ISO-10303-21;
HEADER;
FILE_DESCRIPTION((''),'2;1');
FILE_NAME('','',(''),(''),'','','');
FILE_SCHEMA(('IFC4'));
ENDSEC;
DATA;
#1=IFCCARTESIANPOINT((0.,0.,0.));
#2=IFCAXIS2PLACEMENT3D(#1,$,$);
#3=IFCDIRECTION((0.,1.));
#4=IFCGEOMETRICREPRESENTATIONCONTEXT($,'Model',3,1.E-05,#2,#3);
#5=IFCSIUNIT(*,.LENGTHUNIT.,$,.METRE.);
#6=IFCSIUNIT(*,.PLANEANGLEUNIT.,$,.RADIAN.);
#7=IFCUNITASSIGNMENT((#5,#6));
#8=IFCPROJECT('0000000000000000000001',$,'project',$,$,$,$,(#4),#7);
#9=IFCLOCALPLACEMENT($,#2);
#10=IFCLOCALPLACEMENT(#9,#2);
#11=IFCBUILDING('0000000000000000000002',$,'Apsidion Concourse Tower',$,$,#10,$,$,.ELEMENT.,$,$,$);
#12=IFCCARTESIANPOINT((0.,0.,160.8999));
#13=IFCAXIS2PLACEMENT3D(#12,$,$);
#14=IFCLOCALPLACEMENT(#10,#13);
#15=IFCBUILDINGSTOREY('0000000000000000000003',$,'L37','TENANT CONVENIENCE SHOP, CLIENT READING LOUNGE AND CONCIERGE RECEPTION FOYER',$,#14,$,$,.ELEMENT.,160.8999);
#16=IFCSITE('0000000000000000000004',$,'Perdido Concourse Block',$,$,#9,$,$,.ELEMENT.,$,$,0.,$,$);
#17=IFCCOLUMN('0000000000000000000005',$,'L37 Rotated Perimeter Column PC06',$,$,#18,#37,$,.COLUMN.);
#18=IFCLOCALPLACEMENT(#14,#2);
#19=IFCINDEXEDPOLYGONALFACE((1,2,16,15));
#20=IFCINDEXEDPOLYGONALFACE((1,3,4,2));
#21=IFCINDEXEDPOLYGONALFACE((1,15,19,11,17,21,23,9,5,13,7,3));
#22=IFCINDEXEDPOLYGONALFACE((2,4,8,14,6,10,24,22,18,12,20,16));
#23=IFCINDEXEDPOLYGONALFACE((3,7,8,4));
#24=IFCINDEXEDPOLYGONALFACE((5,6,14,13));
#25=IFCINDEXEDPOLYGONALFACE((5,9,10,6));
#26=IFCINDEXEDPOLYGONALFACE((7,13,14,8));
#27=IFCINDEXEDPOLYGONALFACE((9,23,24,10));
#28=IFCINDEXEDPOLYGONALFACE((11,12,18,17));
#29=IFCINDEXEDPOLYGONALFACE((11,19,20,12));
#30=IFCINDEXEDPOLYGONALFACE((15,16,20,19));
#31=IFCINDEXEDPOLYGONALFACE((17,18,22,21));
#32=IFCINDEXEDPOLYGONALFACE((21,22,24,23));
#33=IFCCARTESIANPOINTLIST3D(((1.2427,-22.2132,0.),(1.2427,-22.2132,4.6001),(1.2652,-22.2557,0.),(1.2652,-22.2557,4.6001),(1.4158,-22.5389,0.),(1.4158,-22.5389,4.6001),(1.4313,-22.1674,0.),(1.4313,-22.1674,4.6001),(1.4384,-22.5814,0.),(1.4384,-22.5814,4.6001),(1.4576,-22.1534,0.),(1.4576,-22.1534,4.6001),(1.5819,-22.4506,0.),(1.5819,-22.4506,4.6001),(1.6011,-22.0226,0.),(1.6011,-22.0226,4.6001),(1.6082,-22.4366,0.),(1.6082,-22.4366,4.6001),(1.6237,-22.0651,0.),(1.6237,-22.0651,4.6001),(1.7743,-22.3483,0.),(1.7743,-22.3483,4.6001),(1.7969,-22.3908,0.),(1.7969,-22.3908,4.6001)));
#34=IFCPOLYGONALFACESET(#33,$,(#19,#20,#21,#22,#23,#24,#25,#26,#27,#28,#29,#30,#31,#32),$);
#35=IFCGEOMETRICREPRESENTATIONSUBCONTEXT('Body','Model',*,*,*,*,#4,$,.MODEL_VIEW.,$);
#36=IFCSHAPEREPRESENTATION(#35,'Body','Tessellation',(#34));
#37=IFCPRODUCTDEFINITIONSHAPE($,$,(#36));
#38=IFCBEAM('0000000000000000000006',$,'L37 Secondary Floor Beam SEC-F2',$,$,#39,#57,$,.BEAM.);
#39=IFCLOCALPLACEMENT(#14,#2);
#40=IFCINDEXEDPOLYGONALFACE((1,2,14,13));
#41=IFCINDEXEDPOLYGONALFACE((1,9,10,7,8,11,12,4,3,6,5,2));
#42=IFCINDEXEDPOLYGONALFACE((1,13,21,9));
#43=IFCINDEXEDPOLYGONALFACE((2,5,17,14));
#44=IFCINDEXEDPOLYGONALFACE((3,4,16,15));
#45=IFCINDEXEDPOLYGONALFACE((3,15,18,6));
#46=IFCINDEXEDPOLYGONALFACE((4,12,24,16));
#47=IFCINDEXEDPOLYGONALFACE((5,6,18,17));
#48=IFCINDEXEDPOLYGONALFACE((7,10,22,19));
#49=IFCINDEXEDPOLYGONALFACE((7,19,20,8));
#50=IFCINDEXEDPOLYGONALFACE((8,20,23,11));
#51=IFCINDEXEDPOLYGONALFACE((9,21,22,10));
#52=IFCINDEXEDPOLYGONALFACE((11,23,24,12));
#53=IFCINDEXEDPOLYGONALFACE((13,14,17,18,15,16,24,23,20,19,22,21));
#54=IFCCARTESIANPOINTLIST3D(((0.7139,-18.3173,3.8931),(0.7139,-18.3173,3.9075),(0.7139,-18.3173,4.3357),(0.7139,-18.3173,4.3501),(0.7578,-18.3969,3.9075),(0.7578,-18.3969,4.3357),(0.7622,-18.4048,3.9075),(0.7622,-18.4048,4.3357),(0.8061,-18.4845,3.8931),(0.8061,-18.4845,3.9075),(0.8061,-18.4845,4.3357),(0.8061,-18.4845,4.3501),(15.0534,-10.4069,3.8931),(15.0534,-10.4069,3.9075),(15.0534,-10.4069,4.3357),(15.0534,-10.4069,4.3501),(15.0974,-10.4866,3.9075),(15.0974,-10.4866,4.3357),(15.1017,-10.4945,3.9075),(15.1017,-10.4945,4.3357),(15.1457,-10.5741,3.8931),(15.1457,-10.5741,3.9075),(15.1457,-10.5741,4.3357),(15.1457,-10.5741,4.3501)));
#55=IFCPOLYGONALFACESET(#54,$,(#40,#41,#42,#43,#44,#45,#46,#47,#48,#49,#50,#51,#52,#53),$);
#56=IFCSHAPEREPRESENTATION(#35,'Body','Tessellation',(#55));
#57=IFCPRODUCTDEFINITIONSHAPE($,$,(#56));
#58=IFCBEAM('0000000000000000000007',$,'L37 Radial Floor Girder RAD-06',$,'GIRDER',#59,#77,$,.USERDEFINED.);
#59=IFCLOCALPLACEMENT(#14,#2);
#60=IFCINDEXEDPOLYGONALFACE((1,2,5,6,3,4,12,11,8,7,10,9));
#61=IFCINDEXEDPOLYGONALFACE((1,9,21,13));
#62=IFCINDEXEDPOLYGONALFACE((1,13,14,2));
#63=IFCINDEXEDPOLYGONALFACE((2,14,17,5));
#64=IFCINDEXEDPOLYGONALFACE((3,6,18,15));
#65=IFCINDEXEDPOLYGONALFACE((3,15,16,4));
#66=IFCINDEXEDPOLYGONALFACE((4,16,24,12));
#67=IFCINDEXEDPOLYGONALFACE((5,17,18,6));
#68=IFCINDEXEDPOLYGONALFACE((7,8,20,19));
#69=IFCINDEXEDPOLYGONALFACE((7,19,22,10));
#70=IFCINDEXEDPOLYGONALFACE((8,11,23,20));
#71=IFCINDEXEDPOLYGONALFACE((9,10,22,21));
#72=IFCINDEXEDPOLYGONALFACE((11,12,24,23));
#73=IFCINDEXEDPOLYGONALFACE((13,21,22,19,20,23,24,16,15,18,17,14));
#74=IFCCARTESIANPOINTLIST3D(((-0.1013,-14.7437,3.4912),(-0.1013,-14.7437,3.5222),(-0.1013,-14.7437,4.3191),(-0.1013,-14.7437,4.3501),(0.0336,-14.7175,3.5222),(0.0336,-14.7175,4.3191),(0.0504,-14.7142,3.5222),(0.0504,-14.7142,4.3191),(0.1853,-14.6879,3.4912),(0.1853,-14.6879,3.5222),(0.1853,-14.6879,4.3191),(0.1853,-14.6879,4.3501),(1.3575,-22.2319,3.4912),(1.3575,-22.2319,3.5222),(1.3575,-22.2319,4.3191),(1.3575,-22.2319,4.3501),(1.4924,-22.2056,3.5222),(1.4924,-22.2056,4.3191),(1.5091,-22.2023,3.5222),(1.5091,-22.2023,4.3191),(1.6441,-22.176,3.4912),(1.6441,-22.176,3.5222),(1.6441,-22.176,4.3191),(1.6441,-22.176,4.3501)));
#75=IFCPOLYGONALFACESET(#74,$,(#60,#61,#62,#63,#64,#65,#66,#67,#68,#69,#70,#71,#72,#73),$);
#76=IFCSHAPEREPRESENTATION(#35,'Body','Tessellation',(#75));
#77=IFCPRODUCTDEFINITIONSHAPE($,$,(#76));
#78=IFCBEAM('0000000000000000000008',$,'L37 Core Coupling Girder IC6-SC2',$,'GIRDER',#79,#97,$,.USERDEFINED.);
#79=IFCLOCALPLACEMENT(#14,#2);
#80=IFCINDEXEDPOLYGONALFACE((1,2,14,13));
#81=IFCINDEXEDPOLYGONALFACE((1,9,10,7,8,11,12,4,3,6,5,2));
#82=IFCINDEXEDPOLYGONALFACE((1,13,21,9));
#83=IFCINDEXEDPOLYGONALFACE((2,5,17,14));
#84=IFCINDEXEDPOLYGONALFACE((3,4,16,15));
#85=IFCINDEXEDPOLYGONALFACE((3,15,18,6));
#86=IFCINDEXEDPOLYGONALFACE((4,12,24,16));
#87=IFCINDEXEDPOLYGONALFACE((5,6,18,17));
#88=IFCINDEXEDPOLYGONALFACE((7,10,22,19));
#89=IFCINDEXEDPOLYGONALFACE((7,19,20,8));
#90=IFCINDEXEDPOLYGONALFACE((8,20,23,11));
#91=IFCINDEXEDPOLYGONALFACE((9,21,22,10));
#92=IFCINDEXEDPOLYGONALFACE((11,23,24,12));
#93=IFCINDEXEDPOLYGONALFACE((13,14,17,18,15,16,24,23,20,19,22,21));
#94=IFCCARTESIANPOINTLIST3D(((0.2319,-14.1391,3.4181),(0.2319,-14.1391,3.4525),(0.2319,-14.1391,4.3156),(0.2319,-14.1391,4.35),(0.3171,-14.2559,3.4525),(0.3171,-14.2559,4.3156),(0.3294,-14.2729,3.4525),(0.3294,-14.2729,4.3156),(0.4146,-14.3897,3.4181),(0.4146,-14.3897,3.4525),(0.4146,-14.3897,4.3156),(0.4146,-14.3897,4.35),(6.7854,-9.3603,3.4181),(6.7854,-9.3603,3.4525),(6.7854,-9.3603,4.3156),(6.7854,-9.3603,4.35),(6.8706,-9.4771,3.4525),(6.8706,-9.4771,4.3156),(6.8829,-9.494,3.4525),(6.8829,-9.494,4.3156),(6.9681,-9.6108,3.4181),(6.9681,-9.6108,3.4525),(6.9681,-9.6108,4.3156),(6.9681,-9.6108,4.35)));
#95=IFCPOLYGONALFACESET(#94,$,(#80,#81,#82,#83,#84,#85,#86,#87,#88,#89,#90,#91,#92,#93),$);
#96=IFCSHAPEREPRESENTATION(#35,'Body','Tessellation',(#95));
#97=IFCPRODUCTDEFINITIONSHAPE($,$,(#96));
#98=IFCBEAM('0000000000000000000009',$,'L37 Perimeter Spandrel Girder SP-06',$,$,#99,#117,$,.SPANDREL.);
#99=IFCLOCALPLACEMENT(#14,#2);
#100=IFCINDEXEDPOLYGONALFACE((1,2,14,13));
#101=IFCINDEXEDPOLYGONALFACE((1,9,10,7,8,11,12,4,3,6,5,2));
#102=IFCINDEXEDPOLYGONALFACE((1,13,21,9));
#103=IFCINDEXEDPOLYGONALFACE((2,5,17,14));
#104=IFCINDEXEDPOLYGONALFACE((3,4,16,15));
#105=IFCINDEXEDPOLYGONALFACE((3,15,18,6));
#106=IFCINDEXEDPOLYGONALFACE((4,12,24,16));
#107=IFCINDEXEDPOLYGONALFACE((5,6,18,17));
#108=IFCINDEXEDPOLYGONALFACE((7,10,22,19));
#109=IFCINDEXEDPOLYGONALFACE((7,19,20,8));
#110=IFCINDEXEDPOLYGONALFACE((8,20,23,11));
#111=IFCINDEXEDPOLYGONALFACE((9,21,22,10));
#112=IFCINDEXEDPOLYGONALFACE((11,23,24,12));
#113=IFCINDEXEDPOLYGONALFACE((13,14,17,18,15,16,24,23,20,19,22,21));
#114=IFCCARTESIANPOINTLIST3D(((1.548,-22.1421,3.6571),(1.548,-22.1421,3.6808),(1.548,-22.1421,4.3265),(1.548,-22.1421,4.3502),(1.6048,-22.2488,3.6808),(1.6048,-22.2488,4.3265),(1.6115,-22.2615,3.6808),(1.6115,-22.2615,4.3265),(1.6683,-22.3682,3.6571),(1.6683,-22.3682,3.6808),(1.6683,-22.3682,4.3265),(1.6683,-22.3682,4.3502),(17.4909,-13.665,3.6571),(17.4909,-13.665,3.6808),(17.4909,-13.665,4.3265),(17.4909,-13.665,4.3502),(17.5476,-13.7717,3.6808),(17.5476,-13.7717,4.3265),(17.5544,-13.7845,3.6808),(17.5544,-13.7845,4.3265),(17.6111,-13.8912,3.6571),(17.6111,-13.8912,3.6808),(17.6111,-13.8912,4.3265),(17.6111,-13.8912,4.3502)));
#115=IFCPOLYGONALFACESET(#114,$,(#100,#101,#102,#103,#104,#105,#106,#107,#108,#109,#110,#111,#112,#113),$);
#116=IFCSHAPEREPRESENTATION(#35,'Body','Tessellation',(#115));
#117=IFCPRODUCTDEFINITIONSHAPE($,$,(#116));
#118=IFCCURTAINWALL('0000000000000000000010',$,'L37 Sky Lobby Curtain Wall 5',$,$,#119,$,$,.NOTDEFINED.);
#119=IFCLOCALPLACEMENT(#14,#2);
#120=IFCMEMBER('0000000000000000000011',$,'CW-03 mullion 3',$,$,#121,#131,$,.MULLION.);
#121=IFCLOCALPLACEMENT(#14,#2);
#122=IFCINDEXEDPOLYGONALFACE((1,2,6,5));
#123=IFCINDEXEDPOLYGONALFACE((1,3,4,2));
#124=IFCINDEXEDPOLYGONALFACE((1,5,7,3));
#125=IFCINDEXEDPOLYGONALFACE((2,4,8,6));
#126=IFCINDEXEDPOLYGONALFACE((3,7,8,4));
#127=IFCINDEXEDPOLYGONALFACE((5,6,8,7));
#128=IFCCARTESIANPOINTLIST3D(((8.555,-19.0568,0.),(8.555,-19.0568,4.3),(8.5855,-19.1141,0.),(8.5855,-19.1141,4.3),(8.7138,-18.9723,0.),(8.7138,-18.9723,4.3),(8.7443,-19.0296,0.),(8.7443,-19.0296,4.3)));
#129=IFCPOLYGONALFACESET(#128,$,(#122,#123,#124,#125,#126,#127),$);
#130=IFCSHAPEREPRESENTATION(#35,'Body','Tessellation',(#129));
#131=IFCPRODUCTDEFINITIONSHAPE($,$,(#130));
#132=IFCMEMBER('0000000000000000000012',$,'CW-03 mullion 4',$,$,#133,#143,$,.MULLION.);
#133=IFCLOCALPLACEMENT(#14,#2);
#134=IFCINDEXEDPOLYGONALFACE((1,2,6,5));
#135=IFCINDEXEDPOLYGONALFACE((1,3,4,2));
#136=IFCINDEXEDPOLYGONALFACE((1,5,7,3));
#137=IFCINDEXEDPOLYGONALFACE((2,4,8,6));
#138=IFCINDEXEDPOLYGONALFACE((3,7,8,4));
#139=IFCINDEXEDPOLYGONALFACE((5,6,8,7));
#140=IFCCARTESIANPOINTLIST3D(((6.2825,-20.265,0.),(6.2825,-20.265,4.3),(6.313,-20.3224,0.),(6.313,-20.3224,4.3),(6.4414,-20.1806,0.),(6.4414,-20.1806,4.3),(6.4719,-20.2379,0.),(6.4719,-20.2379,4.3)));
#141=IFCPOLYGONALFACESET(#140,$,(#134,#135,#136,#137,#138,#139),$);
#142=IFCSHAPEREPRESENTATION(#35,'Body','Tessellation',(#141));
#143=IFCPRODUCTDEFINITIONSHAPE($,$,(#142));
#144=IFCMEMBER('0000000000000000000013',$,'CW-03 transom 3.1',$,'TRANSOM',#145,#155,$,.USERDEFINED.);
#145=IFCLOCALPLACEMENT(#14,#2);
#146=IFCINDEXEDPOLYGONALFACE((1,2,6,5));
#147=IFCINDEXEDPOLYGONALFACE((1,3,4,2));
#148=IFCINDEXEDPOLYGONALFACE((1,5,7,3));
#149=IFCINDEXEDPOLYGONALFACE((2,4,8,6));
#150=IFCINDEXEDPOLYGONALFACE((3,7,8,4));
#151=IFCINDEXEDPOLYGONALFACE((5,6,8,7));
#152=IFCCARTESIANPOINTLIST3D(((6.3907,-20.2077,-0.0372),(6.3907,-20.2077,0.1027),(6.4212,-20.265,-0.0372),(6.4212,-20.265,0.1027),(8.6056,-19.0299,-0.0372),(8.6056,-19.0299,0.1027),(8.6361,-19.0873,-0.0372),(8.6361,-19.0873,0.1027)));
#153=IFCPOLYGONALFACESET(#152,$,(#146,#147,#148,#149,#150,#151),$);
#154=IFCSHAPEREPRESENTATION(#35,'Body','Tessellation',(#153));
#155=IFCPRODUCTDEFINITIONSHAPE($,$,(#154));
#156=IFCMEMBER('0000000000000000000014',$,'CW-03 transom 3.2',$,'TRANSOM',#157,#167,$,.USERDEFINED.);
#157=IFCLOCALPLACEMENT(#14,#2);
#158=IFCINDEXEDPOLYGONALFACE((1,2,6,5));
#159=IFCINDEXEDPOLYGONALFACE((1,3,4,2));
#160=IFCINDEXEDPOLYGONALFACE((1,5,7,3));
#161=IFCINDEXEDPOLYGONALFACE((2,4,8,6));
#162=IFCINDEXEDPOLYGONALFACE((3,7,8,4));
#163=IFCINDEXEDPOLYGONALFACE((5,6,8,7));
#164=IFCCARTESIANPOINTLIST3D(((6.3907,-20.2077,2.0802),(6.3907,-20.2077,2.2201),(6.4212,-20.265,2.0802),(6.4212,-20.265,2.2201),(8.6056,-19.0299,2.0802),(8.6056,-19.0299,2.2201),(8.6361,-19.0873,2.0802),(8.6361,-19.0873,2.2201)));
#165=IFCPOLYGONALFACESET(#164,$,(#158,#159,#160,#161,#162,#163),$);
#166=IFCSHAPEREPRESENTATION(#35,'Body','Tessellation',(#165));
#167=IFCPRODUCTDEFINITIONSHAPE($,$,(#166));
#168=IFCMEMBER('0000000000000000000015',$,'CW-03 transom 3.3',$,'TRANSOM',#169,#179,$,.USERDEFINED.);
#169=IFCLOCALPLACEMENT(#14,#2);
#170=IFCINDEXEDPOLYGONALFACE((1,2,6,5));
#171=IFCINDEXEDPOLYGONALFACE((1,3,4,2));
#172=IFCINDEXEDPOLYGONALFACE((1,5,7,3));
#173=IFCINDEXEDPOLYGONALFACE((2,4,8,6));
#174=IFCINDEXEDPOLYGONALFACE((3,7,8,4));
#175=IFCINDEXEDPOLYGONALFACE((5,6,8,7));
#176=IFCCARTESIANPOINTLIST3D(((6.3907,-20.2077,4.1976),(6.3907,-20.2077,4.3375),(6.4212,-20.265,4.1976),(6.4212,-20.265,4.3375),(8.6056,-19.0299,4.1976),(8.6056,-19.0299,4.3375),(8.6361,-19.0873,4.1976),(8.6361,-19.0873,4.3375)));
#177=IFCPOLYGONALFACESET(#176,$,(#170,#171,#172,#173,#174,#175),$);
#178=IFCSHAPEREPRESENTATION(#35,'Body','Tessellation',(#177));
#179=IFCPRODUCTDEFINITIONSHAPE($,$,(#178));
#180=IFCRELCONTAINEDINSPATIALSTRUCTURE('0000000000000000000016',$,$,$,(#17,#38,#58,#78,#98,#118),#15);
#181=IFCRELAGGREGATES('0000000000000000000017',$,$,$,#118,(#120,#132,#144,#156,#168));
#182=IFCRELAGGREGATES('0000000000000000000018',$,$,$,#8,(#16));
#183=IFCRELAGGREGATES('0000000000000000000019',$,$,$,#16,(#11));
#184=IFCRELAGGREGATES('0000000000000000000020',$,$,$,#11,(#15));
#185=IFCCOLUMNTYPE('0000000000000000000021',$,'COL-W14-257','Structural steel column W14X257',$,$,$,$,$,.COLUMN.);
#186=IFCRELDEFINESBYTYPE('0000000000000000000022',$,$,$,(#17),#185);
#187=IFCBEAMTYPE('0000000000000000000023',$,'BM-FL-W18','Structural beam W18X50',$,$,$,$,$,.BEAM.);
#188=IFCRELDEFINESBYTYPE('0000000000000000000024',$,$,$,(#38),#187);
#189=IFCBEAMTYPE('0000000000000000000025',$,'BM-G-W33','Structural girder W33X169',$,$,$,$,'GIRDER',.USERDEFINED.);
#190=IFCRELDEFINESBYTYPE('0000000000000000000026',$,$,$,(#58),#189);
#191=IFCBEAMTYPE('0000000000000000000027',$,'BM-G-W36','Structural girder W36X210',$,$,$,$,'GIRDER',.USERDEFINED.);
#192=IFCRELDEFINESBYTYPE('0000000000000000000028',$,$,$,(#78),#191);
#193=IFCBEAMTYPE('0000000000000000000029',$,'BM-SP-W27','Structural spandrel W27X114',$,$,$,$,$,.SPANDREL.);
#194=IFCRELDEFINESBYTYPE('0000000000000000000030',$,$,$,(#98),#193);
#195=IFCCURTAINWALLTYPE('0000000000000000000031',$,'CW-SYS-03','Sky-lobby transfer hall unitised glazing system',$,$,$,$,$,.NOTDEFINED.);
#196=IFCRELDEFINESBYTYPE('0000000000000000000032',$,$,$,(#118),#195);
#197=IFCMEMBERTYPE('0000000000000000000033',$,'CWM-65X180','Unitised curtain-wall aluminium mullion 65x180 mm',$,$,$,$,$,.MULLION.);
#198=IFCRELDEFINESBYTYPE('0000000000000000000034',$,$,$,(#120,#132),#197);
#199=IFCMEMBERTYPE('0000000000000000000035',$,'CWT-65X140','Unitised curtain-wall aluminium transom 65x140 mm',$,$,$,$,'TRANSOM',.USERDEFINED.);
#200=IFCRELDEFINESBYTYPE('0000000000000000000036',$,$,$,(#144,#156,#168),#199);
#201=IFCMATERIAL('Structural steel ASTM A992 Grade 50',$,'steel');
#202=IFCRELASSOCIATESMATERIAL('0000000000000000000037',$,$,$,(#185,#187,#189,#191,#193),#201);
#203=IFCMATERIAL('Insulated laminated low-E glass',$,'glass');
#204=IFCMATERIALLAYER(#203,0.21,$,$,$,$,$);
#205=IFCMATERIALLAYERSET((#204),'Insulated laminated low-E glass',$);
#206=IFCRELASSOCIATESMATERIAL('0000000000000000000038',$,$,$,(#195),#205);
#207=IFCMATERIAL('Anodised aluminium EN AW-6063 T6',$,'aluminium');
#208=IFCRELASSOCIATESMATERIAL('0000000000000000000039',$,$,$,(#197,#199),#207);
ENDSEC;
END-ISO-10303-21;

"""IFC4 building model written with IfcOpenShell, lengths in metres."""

from ifc_helpers import new_model, si_unit, direction, frame, origin, origin_2d, place, context, subcontext, project, spatial, rectangle, i_section, extrude, material, layer, layer_set, material_profile, profile_set, type_object, element, aggregate, save


model = new_model("IFC4")

# Units and contexts
model_context = context("Model", 3, precision=1e-05, world=origin(), true_north=direction((0.0, 1.0)))
body_context = subcontext(model_context, "Body", "Model", "MODEL_VIEW")
ifc_project = project(units=[si_unit("LENGTHUNIT", "METRE"), si_unit("PLANEANGLEUNIT", "RADIAN")], contexts=[model_context])

# Site, building, storey
site_placement = place(None, origin())
site = spatial("IfcSite", under=ifc_project, at=site_placement, Name="Perdido Concourse Block", CompositionType="ELEMENT", RefElevation=0.0)
building_placement = place(site_placement, origin())
building = spatial("IfcBuilding", under=site, at=building_placement, Name="Apsidion Concourse Tower", CompositionType="ELEMENT")
storey_placement = place(building_placement, frame((0.0, 0.0, 160.8999)))
storey = spatial("IfcBuildingStorey", under=building, at=storey_placement, Name="L37", Description="TENANT CONVENIENCE SHOP, CLIENT READING LOUNGE AND CONCIERGE RECEPTION FOYER", CompositionType="ELEMENT", Elevation=160.8999)

# Column
ifc_material_1 = material(Name="Structural steel ASTM A992 Grade 50", Category="steel")
ifc_material_profile_1 = material_profile(ifc_material_1, i_section(OverallWidth=0.406, OverallDepth=0.417, WebThickness=0.0298, FlangeThickness=0.0481, at=origin_2d()), Name="W14X257")
ifc_profile_set_1 = profile_set([ifc_material_profile_1], Name="Structural steel ASTM A992 Grade 50")
column_type = type_object("IfcColumnType", Name="COL-W14-257", Description="Structural steel column W14X257", PredefinedType="COLUMN", material=ifc_profile_set_1)
column_placement = place(storey_placement, frame((1.5198, -22.302, 0.0), z_axis=(0.0, 0.0, 1.0), x_axis=(0.882948, 0.469472, 0.0)))
element("IfcColumn", 1, at=column_placement, inside=storey, type_object=column_type, Name="L37 Rotated Perimeter Column PC06", PredefinedType="COLUMN", context=body_context, shape_type="SweptSolid", body=[
    extrude(i_section(OverallWidth=0.406, OverallDepth=0.417, WebThickness=0.0298, FlangeThickness=0.0481, at=origin_2d()), origin(), (0.0, 0.0, 1.0), 4.6001),
])

# Beams
ifc_material_profile_2 = material_profile(ifc_material_1, i_section(OverallWidth=0.1909, OverallDepth=0.457, WebThickness=0.009, FlangeThickness=0.0144, at=origin_2d()), Name="W18X50")
ifc_profile_set_2 = profile_set([ifc_material_profile_2], Name="Structural steel ASTM A992 Grade 50")
beam_type_1 = type_object("IfcBeamType", Name="BM-FL-W18", Description="Structural beam W18X50", PredefinedType="BEAM", material=ifc_profile_set_2)
beam_1_placement = place(storey_placement, frame((0.76, -18.4009, 4.1216), z_axis=(0.875606, 0.483026, 0.0), x_axis=(-0.483026, 0.875606, 0.0)))
element("IfcBeam", 2, at=beam_1_placement, inside=storey, type_object=beam_type_1, Name="L37 Secondary Floor Beam SEC-F2", PredefinedType="BEAM", context=body_context, shape_type="SweptSolid", body=[
    extrude(i_section(OverallWidth=0.1909, OverallDepth=0.457, WebThickness=0.009, FlangeThickness=0.0144, at=origin_2d()), origin(), (0.0, 0.0, 1.0), 16.3767),
])
ifc_material_profile_3 = material_profile(ifc_material_1, i_section(OverallWidth=0.292, OverallDepth=0.8589, WebThickness=0.0171, FlangeThickness=0.031, at=origin_2d()), Name="W33X169")
ifc_profile_set_3 = profile_set([ifc_material_profile_3], Name="Structural steel ASTM A992 Grade 50")
beam_type_2 = type_object("IfcBeamType", Name="BM-G-W33", Description="Structural girder W33X169", ElementType="GIRDER", PredefinedType="USERDEFINED", material=ifc_profile_set_3)
beam_2_placement = place(storey_placement, frame((0.042, -14.7158, 3.9207), z_axis=(0.191215, -0.981548, 0.0), x_axis=(0.981548, 0.191215, 0.0)))
element("IfcBeam", 3, at=beam_2_placement, inside=storey, type_object=beam_type_2, Name="L37 Radial Floor Girder RAD-06", ObjectType="GIRDER", PredefinedType="USERDEFINED", context=body_context, shape_type="SweptSolid", body=[
    extrude(i_section(OverallWidth=0.292, OverallDepth=0.8589, WebThickness=0.0171, FlangeThickness=0.031, at=origin_2d()), origin(), (0.0, 0.0, 1.0), 7.6289),
])
ifc_material_profile_4 = material_profile(ifc_material_1, i_section(OverallWidth=0.3101, OverallDepth=0.9319, WebThickness=0.021, FlangeThickness=0.0344, at=origin_2d()), Name="W36X210")
ifc_profile_set_4 = profile_set([ifc_material_profile_4], Name="Structural steel ASTM A992 Grade 50")
beam_type_3 = type_object("IfcBeamType", Name="BM-G-W36", Description="Structural girder W36X210", ElementType="GIRDER", PredefinedType="USERDEFINED", material=ifc_profile_set_4)
beam_3_placement = place(storey_placement, frame((0.3232, -14.2644, 3.884), z_axis=(0.807993, 0.589191, 0.0), x_axis=(-0.589191, 0.807993, 0.0)))
element("IfcBeam", 4, at=beam_3_placement, inside=storey, type_object=beam_type_3, Name="L37 Core Coupling Girder IC6-SC2", ObjectType="GIRDER", PredefinedType="USERDEFINED", context=body_context, shape_type="SweptSolid", body=[
    extrude(i_section(OverallWidth=0.3101, OverallDepth=0.9319, WebThickness=0.021, FlangeThickness=0.0344, at=origin_2d()), origin(), (0.0, 0.0, 1.0), 8.1108),
])
ifc_material_profile_5 = material_profile(ifc_material_1, i_section(OverallWidth=0.2561, OverallDepth=0.6931, WebThickness=0.0144, FlangeThickness=0.0237, at=origin_2d()), Name="W27X114")
ifc_profile_set_5 = profile_set([ifc_material_profile_5], Name="Structural steel ASTM A992 Grade 50")
beam_type_4 = type_object("IfcBeamType", Name="BM-SP-W27", Description="Structural spandrel W27X114", PredefinedType="SPANDREL", material=ifc_profile_set_5)
beam_4_placement = place(storey_placement, frame((1.6082, -22.2551, 4.0037), z_axis=(0.882946, 0.469475, 0.0), x_axis=(-0.469475, 0.882946, 0.0)))
element("IfcBeam", 5, at=beam_4_placement, inside=storey, type_object=beam_type_4, Name="L37 Perimeter Spandrel Girder SP-06", PredefinedType="SPANDREL", context=body_context, shape_type="SweptSolid", body=[
    extrude(i_section(OverallWidth=0.2561, OverallDepth=0.6931, WebThickness=0.0144, FlangeThickness=0.0237, at=origin_2d()), origin(), (0.0, 0.0, 1.0), 18.0564),
])

# Curtain wall, members
ifc_material_2 = material(Name="Insulated laminated low-E glass", Category="glass")
ifc_layer_1 = layer(ifc_material_2, 0.21)
ifc_layer_set_1 = layer_set([ifc_layer_1], Name="Insulated laminated low-E glass")
curtain_wall_type = type_object("IfcCurtainWallType", Name="CW-SYS-03", Description="Sky-lobby transfer hall unitised glazing system", PredefinedType="NOTDEFINED", material=ifc_layer_set_1)
curtain_wall_placement = place(storey_placement, origin())
curtain_wall = element("IfcCurtainWall", 6, at=curtain_wall_placement, inside=storey, type_object=curtain_wall_type, Name="L37 Sky Lobby Curtain Wall 5", PredefinedType="NOTDEFINED")
ifc_material_3 = material(Name="Anodised aluminium EN AW-6063 T6", Category="aluminium")
ifc_material_profile_6 = material_profile(ifc_material_3, rectangle(XDim=0.0649, YDim=0.1799, at=origin_2d()), Name="ALU MULLION 65x180")
ifc_profile_set_6 = profile_set([ifc_material_profile_6], Name="Anodised aluminium EN AW-6063 T6")
member_type_1 = type_object("IfcMemberType", Name="CWM-65X180", Description="Unitised curtain-wall aluminium mullion 65x180 mm", PredefinedType="MULLION", material=ifc_profile_set_6)
member_1_placement = place(storey_placement, frame((8.6497, -19.0432, 0.0), z_axis=(0.0, 0.0, 1.0), x_axis=(0.469472, -0.882947, 0.0)))
member_1 = element("IfcMember", 7, at=member_1_placement, type_object=member_type_1, Name="CW-03 mullion 3", PredefinedType="MULLION", context=body_context, shape_type="SweptSolid", body=[
    extrude(rectangle(XDim=0.0649, YDim=0.1799, at=origin_2d()), origin(), (0.0, 0.0, 1.0), 4.3),
])
member_2_placement = place(storey_placement, frame((6.3772, -20.2515, 0.0), z_axis=(0.0, 0.0, 1.0), x_axis=(0.469472, -0.882947, 0.0)))
member_2 = element("IfcMember", 8, at=member_2_placement, type_object=member_type_1, Name="CW-03 mullion 4", PredefinedType="MULLION", context=body_context, shape_type="SweptSolid", body=[
    extrude(rectangle(XDim=0.0649, YDim=0.1799, at=origin_2d()), origin(), (0.0, 0.0, 1.0), 4.3),
])
ifc_material_profile_7 = material_profile(ifc_material_3, rectangle(XDim=0.0649, YDim=0.1399, at=origin_2d()), Name="ALU TRANSOM 65x140")
ifc_profile_set_7 = profile_set([ifc_material_profile_7], Name="Anodised aluminium EN AW-6063 T6")
member_type_2 = type_object("IfcMemberType", Name="CWT-65X140", Description="Unitised curtain-wall aluminium transom 65x140 mm", ElementType="TRANSOM", PredefinedType="USERDEFINED", material=ifc_profile_set_7)
member_3_placement = place(storey_placement, frame((8.6208, -19.0586, 0.0327), z_axis=(-0.882934, -0.469497, 0.0), x_axis=(0.469497, -0.882934, 0.0)))
member_3 = element("IfcMember", 9, at=member_3_placement, type_object=member_type_2, Name="CW-03 transom 3.1", ObjectType="TRANSOM", PredefinedType="USERDEFINED", context=body_context, shape_type="SweptSolid", body=[
    extrude(rectangle(XDim=0.0649, YDim=0.1399, at=origin_2d()), origin(), (0.0, 0.0, 1.0), 2.5085),
])
member_4_placement = place(storey_placement, frame((8.6208, -19.0586, 2.1501), z_axis=(-0.882934, -0.469497, 0.0), x_axis=(0.469497, -0.882934, 0.0)))
member_4 = element("IfcMember", 10, at=member_4_placement, type_object=member_type_2, Name="CW-03 transom 3.2", ObjectType="TRANSOM", PredefinedType="USERDEFINED", context=body_context, shape_type="SweptSolid", body=[
    extrude(rectangle(XDim=0.0649, YDim=0.1399, at=origin_2d()), origin(), (0.0, 0.0, 1.0), 2.5085),
])
member_5_placement = place(storey_placement, frame((8.6208, -19.0586, 4.2676), z_axis=(-0.882934, -0.469497, 0.0), x_axis=(0.469497, -0.882934, 0.0)))
member_5 = element("IfcMember", 11, at=member_5_placement, type_object=member_type_2, Name="CW-03 transom 3.3", ObjectType="TRANSOM", PredefinedType="USERDEFINED", context=body_context, shape_type="SweptSolid", body=[
    extrude(rectangle(XDim=0.0649, YDim=0.1399, at=origin_2d()), origin(), (0.0, 0.0, 1.0), 2.5085),
])
aggregate(curtain_wall, [member_1, member_2, member_3, member_4, member_5])

save(model, "model.ifc")
